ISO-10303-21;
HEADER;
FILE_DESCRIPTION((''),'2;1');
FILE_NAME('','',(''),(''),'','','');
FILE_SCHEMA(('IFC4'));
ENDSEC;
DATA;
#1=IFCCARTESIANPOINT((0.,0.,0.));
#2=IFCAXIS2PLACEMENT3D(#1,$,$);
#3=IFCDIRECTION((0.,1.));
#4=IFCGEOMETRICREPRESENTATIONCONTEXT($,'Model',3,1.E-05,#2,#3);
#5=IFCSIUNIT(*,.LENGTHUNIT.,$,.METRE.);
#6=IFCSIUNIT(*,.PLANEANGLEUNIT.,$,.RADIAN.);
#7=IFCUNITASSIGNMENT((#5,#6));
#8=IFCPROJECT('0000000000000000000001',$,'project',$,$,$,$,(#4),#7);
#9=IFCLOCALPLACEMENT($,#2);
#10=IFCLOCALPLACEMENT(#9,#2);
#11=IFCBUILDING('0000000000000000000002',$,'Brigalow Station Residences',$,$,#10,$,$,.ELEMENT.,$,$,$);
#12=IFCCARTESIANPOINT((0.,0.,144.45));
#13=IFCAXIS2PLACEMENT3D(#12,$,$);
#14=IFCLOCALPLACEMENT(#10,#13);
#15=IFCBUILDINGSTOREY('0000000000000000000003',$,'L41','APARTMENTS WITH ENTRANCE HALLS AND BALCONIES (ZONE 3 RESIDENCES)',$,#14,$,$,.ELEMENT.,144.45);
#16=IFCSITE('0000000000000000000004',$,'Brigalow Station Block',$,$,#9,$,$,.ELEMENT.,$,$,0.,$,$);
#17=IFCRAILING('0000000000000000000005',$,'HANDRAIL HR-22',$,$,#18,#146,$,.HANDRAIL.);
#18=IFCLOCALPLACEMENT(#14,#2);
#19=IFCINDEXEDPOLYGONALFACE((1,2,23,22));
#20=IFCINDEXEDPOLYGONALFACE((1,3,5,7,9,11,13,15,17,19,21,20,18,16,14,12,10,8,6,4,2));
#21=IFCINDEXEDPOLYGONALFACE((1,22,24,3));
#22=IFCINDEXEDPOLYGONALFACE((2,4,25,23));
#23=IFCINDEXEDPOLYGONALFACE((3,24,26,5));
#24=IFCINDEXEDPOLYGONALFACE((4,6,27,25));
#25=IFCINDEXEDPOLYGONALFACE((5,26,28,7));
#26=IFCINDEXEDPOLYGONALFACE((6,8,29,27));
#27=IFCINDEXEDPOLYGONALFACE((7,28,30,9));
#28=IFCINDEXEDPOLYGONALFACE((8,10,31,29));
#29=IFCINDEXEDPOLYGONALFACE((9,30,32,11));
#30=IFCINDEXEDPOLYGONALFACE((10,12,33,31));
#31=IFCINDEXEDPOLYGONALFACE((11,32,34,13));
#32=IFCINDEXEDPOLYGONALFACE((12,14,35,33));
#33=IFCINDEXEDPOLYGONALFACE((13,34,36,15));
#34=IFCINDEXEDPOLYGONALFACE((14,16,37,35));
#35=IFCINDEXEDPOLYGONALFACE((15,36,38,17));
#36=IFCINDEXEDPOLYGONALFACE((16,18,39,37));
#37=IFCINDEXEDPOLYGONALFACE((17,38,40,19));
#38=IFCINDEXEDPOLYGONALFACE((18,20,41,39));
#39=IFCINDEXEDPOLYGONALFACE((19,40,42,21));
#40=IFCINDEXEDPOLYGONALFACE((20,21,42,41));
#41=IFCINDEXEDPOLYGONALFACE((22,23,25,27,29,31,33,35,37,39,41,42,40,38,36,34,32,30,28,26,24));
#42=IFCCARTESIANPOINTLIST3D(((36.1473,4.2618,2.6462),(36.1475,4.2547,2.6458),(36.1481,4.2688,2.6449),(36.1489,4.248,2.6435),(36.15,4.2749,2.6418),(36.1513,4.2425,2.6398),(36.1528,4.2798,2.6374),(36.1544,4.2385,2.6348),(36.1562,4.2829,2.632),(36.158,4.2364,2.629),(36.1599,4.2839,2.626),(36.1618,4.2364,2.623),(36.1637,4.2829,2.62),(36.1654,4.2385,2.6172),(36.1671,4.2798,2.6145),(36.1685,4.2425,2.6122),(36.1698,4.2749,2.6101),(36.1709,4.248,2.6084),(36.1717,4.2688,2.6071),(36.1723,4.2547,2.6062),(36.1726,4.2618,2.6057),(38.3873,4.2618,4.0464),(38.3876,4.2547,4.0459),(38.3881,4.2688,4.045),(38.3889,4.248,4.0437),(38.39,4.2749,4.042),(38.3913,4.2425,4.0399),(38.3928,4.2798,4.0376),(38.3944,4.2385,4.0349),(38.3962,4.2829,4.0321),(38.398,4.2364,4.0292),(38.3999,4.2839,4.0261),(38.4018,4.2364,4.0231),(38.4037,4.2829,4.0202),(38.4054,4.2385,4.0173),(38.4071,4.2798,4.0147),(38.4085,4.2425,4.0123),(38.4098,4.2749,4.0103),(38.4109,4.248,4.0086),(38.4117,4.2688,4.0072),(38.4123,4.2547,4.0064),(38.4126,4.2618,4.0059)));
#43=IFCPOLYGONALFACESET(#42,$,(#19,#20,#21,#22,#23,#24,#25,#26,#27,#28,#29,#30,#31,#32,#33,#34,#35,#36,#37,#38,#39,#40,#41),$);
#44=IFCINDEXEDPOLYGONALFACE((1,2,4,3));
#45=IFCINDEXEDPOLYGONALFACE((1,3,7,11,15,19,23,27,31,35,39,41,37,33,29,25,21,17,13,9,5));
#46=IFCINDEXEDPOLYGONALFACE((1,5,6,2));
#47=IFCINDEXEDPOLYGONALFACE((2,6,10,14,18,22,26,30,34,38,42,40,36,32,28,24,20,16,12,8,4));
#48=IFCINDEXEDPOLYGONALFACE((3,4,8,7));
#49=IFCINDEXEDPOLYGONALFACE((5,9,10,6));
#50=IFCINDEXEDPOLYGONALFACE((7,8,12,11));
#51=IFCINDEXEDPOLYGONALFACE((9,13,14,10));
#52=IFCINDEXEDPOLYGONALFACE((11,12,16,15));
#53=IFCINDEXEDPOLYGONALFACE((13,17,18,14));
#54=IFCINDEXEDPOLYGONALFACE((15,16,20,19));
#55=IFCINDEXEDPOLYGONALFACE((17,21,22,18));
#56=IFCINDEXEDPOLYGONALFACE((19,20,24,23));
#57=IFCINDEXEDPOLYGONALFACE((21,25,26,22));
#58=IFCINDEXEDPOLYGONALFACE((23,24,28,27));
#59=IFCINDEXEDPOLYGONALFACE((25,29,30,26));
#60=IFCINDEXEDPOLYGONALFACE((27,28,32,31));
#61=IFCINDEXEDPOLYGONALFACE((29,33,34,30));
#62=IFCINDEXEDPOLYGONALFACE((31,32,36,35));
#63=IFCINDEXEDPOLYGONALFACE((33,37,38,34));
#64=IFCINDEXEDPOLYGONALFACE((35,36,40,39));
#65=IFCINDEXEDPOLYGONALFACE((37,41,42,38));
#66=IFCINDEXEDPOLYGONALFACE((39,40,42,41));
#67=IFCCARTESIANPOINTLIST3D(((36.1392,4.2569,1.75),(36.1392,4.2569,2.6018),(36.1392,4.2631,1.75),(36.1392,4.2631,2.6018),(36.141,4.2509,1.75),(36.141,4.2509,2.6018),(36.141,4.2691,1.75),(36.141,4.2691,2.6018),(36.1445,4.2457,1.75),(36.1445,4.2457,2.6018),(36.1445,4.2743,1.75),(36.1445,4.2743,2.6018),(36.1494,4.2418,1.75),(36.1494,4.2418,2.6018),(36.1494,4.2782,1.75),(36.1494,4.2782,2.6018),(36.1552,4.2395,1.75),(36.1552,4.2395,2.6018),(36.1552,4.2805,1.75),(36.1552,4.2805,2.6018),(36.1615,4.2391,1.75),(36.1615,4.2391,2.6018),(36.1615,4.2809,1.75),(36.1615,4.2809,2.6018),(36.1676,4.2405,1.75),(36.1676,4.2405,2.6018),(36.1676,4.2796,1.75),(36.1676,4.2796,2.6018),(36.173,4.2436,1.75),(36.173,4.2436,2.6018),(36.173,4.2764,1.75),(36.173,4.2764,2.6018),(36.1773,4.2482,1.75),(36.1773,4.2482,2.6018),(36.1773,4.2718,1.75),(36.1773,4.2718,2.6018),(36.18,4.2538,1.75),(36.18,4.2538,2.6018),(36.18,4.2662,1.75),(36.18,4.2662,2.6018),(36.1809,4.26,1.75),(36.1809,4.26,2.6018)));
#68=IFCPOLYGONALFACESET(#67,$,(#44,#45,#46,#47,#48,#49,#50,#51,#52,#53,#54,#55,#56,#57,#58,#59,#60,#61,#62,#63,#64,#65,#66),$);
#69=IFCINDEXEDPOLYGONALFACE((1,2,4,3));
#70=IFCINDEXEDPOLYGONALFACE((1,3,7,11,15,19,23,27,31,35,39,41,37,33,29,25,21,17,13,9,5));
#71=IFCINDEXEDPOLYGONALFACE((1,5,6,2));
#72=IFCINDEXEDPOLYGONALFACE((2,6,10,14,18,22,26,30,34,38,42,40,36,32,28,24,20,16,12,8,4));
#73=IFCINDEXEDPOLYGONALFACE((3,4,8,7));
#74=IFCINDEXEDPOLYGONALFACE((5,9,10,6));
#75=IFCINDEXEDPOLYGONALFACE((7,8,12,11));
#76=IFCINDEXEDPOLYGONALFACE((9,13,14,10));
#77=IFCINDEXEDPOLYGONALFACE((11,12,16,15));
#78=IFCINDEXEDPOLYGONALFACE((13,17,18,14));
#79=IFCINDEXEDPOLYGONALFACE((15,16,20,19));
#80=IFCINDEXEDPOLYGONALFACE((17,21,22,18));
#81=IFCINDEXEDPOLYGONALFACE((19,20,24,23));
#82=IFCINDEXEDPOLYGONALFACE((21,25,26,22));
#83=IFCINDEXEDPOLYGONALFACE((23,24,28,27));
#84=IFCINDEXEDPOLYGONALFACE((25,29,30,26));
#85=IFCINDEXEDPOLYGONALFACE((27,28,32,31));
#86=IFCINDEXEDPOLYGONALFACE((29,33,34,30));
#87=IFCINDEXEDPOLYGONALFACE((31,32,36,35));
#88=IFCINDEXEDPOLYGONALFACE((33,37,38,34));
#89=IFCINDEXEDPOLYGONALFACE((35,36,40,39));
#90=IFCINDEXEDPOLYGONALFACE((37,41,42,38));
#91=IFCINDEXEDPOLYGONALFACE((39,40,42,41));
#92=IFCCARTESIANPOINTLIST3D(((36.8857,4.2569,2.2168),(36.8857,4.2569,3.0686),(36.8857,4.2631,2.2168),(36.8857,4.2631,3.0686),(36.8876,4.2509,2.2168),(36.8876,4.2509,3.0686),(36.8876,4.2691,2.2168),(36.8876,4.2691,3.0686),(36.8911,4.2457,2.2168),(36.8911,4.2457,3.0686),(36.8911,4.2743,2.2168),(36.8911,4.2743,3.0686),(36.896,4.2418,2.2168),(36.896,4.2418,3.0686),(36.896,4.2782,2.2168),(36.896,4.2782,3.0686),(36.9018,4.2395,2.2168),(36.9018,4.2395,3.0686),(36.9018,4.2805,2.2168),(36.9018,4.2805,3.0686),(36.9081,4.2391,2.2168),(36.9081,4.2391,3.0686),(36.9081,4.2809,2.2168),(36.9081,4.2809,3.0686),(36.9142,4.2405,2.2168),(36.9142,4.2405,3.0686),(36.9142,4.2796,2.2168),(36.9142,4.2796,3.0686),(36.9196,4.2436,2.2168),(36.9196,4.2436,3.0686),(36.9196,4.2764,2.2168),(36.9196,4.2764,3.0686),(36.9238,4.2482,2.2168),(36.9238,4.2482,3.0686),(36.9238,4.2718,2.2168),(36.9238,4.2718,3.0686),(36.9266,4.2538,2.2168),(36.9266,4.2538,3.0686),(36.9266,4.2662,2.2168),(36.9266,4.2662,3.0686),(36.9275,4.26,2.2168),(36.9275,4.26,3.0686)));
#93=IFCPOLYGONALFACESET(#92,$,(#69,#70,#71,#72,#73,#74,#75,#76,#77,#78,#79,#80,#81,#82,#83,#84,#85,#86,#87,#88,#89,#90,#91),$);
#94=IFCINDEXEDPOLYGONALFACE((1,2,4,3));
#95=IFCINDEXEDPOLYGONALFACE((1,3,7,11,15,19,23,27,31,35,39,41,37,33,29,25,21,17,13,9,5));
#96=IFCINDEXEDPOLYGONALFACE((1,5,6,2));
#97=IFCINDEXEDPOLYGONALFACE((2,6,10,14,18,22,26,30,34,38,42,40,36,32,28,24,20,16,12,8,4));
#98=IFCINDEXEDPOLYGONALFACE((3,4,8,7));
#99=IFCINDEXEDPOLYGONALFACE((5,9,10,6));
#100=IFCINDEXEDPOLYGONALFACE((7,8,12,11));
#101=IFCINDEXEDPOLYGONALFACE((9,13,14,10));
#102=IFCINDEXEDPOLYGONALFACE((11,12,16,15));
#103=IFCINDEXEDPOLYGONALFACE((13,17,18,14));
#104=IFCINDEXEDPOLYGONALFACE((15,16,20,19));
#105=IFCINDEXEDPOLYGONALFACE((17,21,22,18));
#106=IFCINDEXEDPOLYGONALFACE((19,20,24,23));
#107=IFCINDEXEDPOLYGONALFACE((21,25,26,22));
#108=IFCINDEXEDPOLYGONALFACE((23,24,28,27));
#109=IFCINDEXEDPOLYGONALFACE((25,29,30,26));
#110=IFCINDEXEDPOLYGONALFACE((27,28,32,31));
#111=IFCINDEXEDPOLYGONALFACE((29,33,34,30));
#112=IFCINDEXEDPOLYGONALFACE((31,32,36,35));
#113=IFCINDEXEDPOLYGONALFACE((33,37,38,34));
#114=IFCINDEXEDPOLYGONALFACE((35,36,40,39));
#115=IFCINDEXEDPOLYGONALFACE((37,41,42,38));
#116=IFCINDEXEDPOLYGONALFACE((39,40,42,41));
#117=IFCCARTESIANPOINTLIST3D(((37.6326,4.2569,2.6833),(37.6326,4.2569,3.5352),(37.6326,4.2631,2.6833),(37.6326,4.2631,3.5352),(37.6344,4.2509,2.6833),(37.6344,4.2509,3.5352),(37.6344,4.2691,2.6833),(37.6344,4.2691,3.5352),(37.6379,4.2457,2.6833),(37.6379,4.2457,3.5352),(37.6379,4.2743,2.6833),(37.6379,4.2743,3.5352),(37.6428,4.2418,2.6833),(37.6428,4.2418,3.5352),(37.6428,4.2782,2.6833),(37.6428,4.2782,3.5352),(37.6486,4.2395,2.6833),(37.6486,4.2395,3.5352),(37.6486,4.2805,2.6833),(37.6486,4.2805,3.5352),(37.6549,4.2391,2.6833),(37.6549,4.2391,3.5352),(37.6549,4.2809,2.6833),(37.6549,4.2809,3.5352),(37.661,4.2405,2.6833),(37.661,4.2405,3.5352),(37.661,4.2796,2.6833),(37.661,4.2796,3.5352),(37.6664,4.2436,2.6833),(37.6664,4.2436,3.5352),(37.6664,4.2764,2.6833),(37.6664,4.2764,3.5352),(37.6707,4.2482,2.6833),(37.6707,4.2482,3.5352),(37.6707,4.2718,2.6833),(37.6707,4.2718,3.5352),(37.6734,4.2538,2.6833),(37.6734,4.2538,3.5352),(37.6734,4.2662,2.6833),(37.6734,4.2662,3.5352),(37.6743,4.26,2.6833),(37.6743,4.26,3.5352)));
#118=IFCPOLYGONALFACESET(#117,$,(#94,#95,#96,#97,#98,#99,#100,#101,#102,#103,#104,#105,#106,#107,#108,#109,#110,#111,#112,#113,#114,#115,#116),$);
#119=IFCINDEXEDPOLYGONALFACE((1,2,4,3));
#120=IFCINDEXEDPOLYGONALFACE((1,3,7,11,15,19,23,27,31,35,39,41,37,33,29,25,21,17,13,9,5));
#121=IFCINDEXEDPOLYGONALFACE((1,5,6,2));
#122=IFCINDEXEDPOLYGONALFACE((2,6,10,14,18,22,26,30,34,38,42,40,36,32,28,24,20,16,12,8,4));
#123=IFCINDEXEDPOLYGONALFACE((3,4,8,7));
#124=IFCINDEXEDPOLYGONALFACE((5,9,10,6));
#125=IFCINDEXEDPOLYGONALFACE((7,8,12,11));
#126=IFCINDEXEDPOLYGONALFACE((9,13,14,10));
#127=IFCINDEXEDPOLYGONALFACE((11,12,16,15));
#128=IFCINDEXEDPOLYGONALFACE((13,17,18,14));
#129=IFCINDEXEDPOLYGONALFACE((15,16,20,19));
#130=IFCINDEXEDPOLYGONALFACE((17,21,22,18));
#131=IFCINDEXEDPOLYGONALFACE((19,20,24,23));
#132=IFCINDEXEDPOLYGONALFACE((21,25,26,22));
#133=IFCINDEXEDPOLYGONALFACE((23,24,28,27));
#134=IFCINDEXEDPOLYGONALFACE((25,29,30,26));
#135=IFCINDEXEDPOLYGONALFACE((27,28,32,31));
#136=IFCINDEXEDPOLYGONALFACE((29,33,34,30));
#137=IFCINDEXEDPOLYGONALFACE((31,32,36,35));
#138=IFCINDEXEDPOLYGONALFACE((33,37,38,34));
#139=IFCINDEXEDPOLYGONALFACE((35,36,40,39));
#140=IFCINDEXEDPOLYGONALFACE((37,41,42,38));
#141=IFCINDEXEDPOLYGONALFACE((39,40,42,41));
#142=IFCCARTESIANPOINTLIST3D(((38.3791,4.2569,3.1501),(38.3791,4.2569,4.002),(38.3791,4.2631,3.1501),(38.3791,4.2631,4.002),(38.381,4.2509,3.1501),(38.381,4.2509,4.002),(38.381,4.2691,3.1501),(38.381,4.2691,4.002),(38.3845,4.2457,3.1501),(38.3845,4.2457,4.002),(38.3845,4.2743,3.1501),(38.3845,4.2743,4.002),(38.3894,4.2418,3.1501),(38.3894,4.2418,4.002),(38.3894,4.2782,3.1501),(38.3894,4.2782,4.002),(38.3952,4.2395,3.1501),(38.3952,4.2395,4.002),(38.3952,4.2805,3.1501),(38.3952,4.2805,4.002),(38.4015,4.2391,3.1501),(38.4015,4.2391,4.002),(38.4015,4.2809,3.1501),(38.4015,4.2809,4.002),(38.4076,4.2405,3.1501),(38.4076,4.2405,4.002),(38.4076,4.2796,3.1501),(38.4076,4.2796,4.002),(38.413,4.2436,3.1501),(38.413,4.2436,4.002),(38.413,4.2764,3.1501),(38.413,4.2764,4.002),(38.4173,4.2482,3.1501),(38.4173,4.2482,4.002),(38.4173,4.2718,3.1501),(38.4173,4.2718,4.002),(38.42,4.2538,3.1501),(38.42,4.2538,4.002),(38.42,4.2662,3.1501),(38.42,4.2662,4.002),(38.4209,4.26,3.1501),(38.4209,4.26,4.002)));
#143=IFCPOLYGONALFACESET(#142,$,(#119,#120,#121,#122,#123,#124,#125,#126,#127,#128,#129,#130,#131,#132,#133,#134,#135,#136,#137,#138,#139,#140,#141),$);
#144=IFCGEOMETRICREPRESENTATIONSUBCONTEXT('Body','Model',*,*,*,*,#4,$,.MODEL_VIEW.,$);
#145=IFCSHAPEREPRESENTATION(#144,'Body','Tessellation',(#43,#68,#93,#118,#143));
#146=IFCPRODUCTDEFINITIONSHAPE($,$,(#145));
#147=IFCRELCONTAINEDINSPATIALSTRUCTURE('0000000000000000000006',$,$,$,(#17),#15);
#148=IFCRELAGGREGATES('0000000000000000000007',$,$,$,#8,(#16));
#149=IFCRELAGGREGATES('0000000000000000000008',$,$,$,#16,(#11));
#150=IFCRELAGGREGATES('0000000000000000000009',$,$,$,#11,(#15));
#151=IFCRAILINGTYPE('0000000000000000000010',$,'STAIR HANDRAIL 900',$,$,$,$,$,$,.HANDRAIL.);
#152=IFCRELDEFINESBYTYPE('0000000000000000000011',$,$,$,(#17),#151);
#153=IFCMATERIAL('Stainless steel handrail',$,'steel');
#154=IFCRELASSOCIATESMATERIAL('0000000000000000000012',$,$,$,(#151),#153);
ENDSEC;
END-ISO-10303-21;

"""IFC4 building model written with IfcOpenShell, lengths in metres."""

from ifc_helpers import new_model, si_unit, direction, frame, origin, origin_2d, place, context, subcontext, project, spatial, circle, extrude, material, type_object, element, save


model = new_model("IFC4")

# Units and contexts
model_context = context("Model", 3, precision=1e-05, world=origin(), true_north=direction((0.0, 1.0)))
body_context = subcontext(model_context, "Body", "Model", "MODEL_VIEW")
ifc_project = project(units=[si_unit("LENGTHUNIT", "METRE"), si_unit("PLANEANGLEUNIT", "RADIAN")], contexts=[model_context])

# Site, building, storey
site_placement = place(None, origin())
site = spatial("IfcSite", under=ifc_project, at=site_placement, Name="Brigalow Station Block", CompositionType="ELEMENT", RefElevation=0.0)
building_placement = place(site_placement, origin())
building = spatial("IfcBuilding", under=site, at=building_placement, Name="Brigalow Station Residences", CompositionType="ELEMENT")
storey_placement = place(building_placement, frame((0.0, 0.0, 144.45)))
storey = spatial("IfcBuildingStorey", under=building, at=storey_placement, Name="L41", Description="APARTMENTS WITH ENTRANCE HALLS AND BALCONIES (ZONE 3 RESIDENCES)", CompositionType="ELEMENT", Elevation=144.45)

# Railing
ifc_material_1 = material(Name="Stainless steel handrail", Category="steel")
railing_type_1 = type_object("IfcRailingType", Name="STAIR HANDRAIL 900", PredefinedType="HANDRAIL", material=ifc_material_1)
railing_1_placement = place(storey_placement, frame((36.1599, 4.26, 1.75)))
element("IfcRailing", 1, at=railing_1_placement, inside=storey, type_object=railing_type_1, Name="HANDRAIL HR-22", PredefinedType="HANDRAIL", context=body_context, shape_type="SweptSolid", body=[
    extrude(circle(Radius=0.0239, at=origin_2d()), frame((0.0, 0.0, 0.876), z_axis=(0.847972, 0.0, 0.53004), x_axis=(0.0, 1.0, 0.0)), (0.0, 0.0, 1.0), 2.6416),
    extrude(circle(Radius=0.021, at=origin_2d()), origin(), (0.0, 0.0, 1.0), 0.8518),
    extrude(circle(Radius=0.021, at=origin_2d()), frame((0.7466, 0.0, 0.4668)), (0.0, 0.0, 1.0), 0.8518),
    extrude(circle(Radius=0.021, at=origin_2d()), frame((1.4934, 0.0, 0.9333)), (0.0, 0.0, 1.0), 0.8518),
    extrude(circle(Radius=0.021, at=origin_2d()), frame((2.24, 0.0, 1.4001)), (0.0, 0.0, 1.0), 0.8518),
])

save(model, "model.ifc")
